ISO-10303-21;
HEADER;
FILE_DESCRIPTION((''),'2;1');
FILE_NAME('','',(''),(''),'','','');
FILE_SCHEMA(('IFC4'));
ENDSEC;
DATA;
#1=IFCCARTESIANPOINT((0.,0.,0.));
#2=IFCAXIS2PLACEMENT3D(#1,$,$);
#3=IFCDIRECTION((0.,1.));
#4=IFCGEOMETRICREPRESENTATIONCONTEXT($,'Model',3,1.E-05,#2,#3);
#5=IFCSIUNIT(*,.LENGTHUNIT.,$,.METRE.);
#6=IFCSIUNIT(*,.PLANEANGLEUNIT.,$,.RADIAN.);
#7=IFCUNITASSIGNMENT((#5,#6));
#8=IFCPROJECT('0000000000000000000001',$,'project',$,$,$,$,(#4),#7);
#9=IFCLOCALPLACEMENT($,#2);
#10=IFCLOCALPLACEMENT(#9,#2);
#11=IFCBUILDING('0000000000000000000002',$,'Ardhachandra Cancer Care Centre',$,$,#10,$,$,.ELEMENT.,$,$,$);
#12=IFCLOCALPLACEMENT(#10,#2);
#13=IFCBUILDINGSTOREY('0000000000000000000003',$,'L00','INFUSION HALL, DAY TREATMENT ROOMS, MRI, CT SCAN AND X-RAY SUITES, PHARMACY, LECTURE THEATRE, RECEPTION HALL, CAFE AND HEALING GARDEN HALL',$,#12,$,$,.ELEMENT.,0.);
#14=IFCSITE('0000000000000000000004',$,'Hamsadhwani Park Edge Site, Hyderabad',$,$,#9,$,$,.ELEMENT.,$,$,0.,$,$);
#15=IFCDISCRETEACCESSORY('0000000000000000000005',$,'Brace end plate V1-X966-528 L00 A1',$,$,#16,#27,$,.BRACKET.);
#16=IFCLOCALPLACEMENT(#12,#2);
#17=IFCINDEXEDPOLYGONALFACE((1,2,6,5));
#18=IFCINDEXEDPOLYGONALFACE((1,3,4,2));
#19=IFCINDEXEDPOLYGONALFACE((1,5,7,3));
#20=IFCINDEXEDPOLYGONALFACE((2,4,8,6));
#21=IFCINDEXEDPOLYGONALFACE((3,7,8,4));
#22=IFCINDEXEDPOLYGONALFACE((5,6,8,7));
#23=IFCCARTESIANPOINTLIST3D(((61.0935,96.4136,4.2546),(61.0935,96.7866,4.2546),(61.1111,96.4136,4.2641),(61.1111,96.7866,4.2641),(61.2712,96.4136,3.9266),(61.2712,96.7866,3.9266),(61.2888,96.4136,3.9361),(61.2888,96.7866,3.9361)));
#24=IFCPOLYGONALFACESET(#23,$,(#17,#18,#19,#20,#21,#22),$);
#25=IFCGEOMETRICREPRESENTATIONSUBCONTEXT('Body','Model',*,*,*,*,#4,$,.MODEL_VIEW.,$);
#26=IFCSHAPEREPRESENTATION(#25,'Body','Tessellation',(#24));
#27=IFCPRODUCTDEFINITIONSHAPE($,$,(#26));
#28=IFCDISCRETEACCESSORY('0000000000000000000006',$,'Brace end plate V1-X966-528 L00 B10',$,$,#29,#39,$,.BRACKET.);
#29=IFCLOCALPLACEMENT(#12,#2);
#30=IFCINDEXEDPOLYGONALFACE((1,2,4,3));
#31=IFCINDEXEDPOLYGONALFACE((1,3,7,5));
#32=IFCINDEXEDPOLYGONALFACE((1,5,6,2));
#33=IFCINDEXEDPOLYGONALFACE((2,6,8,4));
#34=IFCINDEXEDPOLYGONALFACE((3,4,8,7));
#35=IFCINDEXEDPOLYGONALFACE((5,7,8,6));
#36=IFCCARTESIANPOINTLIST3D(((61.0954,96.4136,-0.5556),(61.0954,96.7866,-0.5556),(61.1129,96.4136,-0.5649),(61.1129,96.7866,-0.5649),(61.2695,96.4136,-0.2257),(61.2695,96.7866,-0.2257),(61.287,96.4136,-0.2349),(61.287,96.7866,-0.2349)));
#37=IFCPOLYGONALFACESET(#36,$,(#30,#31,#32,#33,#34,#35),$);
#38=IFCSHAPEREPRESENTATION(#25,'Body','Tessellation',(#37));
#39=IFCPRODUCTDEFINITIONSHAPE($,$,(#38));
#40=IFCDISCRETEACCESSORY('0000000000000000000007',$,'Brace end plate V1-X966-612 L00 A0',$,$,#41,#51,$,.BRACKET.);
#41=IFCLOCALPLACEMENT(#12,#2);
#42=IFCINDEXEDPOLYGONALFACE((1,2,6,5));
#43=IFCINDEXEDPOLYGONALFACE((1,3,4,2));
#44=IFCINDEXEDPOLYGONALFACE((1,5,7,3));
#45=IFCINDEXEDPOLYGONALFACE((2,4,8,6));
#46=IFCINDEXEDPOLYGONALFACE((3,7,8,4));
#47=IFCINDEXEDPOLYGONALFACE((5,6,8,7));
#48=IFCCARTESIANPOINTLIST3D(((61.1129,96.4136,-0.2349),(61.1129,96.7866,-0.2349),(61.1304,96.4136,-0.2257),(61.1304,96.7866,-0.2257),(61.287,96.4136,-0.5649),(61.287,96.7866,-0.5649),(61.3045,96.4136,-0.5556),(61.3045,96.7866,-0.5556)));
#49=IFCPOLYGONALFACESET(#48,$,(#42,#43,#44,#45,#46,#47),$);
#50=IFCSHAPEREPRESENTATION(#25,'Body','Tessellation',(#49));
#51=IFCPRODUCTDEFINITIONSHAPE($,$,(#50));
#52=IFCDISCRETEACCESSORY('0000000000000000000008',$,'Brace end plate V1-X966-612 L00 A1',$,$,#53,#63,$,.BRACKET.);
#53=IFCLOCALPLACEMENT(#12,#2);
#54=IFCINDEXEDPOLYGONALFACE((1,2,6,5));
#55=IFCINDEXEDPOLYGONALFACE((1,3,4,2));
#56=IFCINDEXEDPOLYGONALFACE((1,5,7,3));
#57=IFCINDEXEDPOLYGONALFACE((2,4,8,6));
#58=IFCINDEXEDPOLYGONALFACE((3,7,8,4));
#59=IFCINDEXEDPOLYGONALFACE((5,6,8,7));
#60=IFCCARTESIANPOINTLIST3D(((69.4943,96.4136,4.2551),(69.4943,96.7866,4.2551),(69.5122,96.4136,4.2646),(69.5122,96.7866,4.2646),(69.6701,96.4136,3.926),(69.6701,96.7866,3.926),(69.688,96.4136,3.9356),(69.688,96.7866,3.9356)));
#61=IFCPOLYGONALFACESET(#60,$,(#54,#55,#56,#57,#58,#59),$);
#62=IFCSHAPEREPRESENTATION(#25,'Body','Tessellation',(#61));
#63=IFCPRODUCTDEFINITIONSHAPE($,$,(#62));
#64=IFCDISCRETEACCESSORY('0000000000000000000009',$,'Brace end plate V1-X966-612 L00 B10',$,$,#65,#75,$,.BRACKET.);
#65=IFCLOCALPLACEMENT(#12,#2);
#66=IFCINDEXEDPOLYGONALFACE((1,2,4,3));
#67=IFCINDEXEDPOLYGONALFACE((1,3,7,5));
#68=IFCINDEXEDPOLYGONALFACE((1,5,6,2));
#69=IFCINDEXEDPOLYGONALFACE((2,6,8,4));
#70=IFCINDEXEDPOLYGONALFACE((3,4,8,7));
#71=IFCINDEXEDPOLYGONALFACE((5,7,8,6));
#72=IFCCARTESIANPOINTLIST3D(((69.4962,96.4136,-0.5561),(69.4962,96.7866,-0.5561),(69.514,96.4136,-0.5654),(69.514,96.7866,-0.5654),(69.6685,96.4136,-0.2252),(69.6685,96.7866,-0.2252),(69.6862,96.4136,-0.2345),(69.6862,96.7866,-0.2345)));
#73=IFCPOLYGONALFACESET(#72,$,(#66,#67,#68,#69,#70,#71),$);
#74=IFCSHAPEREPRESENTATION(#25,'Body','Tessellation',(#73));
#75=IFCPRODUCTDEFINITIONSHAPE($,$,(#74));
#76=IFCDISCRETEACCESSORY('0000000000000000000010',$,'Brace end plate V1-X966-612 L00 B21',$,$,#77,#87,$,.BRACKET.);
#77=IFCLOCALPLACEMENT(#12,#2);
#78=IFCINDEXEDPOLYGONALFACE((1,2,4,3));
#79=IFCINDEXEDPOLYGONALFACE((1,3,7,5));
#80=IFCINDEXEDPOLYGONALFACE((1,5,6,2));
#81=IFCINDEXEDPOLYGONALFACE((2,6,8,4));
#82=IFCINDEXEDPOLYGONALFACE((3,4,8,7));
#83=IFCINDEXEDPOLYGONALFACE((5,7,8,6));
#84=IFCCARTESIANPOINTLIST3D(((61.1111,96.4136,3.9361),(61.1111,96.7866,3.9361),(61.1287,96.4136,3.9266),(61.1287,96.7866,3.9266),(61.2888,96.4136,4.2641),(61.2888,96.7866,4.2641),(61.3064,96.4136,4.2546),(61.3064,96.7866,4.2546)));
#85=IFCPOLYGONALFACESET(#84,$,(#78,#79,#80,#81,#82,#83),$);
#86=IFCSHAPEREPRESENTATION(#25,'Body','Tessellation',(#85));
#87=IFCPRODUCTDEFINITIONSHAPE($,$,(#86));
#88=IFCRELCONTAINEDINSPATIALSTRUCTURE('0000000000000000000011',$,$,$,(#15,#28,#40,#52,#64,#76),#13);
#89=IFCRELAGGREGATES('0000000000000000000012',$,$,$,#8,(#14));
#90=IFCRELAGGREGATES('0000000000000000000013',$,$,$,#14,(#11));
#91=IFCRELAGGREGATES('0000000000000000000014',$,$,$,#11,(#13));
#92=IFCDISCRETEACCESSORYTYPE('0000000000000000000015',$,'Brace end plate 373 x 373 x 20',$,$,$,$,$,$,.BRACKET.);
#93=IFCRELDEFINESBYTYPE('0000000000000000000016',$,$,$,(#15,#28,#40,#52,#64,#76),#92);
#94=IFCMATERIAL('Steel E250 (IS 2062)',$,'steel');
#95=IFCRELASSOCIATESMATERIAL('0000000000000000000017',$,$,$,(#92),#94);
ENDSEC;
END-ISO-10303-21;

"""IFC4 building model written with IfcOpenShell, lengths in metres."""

from ifc_helpers import new_model, si_unit, direction, frame, origin, origin_2d, place, context, subcontext, project, spatial, rectangle, extrude, material, material_profile, profile_set, type_object, element, save


model = new_model("IFC4")

# Units and contexts
model_context = context("Model", 3, precision=1e-05, world=origin(), true_north=direction((0.0, 1.0)))
body_context = subcontext(model_context, "Body", "Model", "MODEL_VIEW")
ifc_project = project(units=[si_unit("LENGTHUNIT", "METRE"), si_unit("PLANEANGLEUNIT", "RADIAN")], contexts=[model_context])

# Site, building, storey
site_placement = place(None, origin())
site = spatial("IfcSite", under=ifc_project, at=site_placement, Name="Hamsadhwani Park Edge Site, Hyderabad", CompositionType="ELEMENT", RefElevation=0.0)
building_placement = place(site_placement, origin())
building = spatial("IfcBuilding", under=site, at=building_placement, Name="Ardhachandra Cancer Care Centre", CompositionType="ELEMENT")
storey_placement = place(building_placement, origin())
storey = spatial("IfcBuildingStorey", under=building, at=storey_placement, Name="L00", Description="INFUSION HALL, DAY TREATMENT ROOMS, MRI, CT SCAN AND X-RAY SUITES, PHARMACY, LECTURE THEATRE, RECEPTION HALL, CAFE AND HEALING GARDEN HALL", CompositionType="ELEMENT", Elevation=0.0)

# Discrete accessories
ifc_material_1 = material(Name="Steel E250 (IS 2062)", Category="steel")
ifc_material_profile_1 = material_profile(ifc_material_1, rectangle(XDim=0.373, YDim=0.373, at=origin_2d()), Name="PL 373x373x20")
ifc_profile_set_1 = profile_set([ifc_material_profile_1], Name="Steel E250 (IS 2062)")
discrete_accessory_type = type_object("IfcDiscreteAccessoryType", Name="Brace end plate 373 x 373 x 20", PredefinedType="BRACKET", material=ifc_profile_set_1)
discrete_accessory_1_placement = place(storey_placement, frame((61.2, 96.6001, 4.1001), z_axis=(-0.879292, 0.0, -0.476283), x_axis=(0.0, -1.0, 0.0)))
element("IfcDiscreteAccessory", 1, at=discrete_accessory_1_placement, inside=storey, type_object=discrete_accessory_type, Name="Brace end plate V1-X966-528 L00 A1", PredefinedType="BRACKET", context=body_context, shape_type="SweptSolid", body=[
    extrude(rectangle(XDim=0.373, YDim=0.373, at=origin_2d()), origin(), (0.0, 0.0, 1.0), 0.02),
])
for number, where, z_axis, x_axis, name in (
    (2, (61.2, 96.6001, -0.3999), (-0.884385, 0.0, 0.466759), (0.0, -1.0, 0.0), "Brace end plate V1-X966-528 L00 B10"),
    (3, (61.2, 96.6001, -0.3999), (0.884385, 0.0, 0.466759), (0.0, 1.0, 0.0), "Brace end plate V1-X966-612 L00 A0"),
):
    element("IfcDiscreteAccessory", number, at=place(storey_placement, frame(where, z_axis=z_axis, x_axis=x_axis)), inside=storey, type_object=discrete_accessory_type, Name=name, PredefinedType="BRACKET", context=body_context, shape_type="SweptSolid", body=[
        extrude(rectangle(XDim=0.373, YDim=0.373, at=origin_2d()), origin(), (0.0, 0.0, 1.0), 0.0198),
    ])
discrete_accessory_2_placement = place(storey_placement, frame((69.6001, 96.6001, 4.1001), z_axis=(-0.882018, 0.0, -0.471215), x_axis=(0.0, -1.0, 0.0)))
element("IfcDiscreteAccessory", 4, at=discrete_accessory_2_placement, inside=storey, type_object=discrete_accessory_type, Name="Brace end plate V1-X966-612 L00 A1", PredefinedType="BRACKET", context=body_context, shape_type="SweptSolid", body=[
    extrude(rectangle(XDim=0.373, YDim=0.373, at=origin_2d()), origin(), (0.0, 0.0, 1.0), 0.0203),
])
for number, where, z_axis, x_axis, name in (
    (5, (69.6001, 96.6001, -0.3999), (-0.887018, 0.0, 0.461735), (0.0, -1.0, 0.0), "Brace end plate V1-X966-612 L00 B10"),
    (6, (61.2, 96.6001, 4.1001), (0.879292, 0.0, -0.476283), (0.0, 1.0, 0.0), "Brace end plate V1-X966-612 L00 B21"),
):
    element("IfcDiscreteAccessory", number, at=place(storey_placement, frame(where, z_axis=z_axis, x_axis=x_axis)), inside=storey, type_object=discrete_accessory_type, Name=name, PredefinedType="BRACKET", context=body_context, shape_type="SweptSolid", body=[
        extrude(rectangle(XDim=0.373, YDim=0.373, at=origin_2d()), origin(), (0.0, 0.0, 1.0), 0.02),
    ])

save(model, "model.ifc")
